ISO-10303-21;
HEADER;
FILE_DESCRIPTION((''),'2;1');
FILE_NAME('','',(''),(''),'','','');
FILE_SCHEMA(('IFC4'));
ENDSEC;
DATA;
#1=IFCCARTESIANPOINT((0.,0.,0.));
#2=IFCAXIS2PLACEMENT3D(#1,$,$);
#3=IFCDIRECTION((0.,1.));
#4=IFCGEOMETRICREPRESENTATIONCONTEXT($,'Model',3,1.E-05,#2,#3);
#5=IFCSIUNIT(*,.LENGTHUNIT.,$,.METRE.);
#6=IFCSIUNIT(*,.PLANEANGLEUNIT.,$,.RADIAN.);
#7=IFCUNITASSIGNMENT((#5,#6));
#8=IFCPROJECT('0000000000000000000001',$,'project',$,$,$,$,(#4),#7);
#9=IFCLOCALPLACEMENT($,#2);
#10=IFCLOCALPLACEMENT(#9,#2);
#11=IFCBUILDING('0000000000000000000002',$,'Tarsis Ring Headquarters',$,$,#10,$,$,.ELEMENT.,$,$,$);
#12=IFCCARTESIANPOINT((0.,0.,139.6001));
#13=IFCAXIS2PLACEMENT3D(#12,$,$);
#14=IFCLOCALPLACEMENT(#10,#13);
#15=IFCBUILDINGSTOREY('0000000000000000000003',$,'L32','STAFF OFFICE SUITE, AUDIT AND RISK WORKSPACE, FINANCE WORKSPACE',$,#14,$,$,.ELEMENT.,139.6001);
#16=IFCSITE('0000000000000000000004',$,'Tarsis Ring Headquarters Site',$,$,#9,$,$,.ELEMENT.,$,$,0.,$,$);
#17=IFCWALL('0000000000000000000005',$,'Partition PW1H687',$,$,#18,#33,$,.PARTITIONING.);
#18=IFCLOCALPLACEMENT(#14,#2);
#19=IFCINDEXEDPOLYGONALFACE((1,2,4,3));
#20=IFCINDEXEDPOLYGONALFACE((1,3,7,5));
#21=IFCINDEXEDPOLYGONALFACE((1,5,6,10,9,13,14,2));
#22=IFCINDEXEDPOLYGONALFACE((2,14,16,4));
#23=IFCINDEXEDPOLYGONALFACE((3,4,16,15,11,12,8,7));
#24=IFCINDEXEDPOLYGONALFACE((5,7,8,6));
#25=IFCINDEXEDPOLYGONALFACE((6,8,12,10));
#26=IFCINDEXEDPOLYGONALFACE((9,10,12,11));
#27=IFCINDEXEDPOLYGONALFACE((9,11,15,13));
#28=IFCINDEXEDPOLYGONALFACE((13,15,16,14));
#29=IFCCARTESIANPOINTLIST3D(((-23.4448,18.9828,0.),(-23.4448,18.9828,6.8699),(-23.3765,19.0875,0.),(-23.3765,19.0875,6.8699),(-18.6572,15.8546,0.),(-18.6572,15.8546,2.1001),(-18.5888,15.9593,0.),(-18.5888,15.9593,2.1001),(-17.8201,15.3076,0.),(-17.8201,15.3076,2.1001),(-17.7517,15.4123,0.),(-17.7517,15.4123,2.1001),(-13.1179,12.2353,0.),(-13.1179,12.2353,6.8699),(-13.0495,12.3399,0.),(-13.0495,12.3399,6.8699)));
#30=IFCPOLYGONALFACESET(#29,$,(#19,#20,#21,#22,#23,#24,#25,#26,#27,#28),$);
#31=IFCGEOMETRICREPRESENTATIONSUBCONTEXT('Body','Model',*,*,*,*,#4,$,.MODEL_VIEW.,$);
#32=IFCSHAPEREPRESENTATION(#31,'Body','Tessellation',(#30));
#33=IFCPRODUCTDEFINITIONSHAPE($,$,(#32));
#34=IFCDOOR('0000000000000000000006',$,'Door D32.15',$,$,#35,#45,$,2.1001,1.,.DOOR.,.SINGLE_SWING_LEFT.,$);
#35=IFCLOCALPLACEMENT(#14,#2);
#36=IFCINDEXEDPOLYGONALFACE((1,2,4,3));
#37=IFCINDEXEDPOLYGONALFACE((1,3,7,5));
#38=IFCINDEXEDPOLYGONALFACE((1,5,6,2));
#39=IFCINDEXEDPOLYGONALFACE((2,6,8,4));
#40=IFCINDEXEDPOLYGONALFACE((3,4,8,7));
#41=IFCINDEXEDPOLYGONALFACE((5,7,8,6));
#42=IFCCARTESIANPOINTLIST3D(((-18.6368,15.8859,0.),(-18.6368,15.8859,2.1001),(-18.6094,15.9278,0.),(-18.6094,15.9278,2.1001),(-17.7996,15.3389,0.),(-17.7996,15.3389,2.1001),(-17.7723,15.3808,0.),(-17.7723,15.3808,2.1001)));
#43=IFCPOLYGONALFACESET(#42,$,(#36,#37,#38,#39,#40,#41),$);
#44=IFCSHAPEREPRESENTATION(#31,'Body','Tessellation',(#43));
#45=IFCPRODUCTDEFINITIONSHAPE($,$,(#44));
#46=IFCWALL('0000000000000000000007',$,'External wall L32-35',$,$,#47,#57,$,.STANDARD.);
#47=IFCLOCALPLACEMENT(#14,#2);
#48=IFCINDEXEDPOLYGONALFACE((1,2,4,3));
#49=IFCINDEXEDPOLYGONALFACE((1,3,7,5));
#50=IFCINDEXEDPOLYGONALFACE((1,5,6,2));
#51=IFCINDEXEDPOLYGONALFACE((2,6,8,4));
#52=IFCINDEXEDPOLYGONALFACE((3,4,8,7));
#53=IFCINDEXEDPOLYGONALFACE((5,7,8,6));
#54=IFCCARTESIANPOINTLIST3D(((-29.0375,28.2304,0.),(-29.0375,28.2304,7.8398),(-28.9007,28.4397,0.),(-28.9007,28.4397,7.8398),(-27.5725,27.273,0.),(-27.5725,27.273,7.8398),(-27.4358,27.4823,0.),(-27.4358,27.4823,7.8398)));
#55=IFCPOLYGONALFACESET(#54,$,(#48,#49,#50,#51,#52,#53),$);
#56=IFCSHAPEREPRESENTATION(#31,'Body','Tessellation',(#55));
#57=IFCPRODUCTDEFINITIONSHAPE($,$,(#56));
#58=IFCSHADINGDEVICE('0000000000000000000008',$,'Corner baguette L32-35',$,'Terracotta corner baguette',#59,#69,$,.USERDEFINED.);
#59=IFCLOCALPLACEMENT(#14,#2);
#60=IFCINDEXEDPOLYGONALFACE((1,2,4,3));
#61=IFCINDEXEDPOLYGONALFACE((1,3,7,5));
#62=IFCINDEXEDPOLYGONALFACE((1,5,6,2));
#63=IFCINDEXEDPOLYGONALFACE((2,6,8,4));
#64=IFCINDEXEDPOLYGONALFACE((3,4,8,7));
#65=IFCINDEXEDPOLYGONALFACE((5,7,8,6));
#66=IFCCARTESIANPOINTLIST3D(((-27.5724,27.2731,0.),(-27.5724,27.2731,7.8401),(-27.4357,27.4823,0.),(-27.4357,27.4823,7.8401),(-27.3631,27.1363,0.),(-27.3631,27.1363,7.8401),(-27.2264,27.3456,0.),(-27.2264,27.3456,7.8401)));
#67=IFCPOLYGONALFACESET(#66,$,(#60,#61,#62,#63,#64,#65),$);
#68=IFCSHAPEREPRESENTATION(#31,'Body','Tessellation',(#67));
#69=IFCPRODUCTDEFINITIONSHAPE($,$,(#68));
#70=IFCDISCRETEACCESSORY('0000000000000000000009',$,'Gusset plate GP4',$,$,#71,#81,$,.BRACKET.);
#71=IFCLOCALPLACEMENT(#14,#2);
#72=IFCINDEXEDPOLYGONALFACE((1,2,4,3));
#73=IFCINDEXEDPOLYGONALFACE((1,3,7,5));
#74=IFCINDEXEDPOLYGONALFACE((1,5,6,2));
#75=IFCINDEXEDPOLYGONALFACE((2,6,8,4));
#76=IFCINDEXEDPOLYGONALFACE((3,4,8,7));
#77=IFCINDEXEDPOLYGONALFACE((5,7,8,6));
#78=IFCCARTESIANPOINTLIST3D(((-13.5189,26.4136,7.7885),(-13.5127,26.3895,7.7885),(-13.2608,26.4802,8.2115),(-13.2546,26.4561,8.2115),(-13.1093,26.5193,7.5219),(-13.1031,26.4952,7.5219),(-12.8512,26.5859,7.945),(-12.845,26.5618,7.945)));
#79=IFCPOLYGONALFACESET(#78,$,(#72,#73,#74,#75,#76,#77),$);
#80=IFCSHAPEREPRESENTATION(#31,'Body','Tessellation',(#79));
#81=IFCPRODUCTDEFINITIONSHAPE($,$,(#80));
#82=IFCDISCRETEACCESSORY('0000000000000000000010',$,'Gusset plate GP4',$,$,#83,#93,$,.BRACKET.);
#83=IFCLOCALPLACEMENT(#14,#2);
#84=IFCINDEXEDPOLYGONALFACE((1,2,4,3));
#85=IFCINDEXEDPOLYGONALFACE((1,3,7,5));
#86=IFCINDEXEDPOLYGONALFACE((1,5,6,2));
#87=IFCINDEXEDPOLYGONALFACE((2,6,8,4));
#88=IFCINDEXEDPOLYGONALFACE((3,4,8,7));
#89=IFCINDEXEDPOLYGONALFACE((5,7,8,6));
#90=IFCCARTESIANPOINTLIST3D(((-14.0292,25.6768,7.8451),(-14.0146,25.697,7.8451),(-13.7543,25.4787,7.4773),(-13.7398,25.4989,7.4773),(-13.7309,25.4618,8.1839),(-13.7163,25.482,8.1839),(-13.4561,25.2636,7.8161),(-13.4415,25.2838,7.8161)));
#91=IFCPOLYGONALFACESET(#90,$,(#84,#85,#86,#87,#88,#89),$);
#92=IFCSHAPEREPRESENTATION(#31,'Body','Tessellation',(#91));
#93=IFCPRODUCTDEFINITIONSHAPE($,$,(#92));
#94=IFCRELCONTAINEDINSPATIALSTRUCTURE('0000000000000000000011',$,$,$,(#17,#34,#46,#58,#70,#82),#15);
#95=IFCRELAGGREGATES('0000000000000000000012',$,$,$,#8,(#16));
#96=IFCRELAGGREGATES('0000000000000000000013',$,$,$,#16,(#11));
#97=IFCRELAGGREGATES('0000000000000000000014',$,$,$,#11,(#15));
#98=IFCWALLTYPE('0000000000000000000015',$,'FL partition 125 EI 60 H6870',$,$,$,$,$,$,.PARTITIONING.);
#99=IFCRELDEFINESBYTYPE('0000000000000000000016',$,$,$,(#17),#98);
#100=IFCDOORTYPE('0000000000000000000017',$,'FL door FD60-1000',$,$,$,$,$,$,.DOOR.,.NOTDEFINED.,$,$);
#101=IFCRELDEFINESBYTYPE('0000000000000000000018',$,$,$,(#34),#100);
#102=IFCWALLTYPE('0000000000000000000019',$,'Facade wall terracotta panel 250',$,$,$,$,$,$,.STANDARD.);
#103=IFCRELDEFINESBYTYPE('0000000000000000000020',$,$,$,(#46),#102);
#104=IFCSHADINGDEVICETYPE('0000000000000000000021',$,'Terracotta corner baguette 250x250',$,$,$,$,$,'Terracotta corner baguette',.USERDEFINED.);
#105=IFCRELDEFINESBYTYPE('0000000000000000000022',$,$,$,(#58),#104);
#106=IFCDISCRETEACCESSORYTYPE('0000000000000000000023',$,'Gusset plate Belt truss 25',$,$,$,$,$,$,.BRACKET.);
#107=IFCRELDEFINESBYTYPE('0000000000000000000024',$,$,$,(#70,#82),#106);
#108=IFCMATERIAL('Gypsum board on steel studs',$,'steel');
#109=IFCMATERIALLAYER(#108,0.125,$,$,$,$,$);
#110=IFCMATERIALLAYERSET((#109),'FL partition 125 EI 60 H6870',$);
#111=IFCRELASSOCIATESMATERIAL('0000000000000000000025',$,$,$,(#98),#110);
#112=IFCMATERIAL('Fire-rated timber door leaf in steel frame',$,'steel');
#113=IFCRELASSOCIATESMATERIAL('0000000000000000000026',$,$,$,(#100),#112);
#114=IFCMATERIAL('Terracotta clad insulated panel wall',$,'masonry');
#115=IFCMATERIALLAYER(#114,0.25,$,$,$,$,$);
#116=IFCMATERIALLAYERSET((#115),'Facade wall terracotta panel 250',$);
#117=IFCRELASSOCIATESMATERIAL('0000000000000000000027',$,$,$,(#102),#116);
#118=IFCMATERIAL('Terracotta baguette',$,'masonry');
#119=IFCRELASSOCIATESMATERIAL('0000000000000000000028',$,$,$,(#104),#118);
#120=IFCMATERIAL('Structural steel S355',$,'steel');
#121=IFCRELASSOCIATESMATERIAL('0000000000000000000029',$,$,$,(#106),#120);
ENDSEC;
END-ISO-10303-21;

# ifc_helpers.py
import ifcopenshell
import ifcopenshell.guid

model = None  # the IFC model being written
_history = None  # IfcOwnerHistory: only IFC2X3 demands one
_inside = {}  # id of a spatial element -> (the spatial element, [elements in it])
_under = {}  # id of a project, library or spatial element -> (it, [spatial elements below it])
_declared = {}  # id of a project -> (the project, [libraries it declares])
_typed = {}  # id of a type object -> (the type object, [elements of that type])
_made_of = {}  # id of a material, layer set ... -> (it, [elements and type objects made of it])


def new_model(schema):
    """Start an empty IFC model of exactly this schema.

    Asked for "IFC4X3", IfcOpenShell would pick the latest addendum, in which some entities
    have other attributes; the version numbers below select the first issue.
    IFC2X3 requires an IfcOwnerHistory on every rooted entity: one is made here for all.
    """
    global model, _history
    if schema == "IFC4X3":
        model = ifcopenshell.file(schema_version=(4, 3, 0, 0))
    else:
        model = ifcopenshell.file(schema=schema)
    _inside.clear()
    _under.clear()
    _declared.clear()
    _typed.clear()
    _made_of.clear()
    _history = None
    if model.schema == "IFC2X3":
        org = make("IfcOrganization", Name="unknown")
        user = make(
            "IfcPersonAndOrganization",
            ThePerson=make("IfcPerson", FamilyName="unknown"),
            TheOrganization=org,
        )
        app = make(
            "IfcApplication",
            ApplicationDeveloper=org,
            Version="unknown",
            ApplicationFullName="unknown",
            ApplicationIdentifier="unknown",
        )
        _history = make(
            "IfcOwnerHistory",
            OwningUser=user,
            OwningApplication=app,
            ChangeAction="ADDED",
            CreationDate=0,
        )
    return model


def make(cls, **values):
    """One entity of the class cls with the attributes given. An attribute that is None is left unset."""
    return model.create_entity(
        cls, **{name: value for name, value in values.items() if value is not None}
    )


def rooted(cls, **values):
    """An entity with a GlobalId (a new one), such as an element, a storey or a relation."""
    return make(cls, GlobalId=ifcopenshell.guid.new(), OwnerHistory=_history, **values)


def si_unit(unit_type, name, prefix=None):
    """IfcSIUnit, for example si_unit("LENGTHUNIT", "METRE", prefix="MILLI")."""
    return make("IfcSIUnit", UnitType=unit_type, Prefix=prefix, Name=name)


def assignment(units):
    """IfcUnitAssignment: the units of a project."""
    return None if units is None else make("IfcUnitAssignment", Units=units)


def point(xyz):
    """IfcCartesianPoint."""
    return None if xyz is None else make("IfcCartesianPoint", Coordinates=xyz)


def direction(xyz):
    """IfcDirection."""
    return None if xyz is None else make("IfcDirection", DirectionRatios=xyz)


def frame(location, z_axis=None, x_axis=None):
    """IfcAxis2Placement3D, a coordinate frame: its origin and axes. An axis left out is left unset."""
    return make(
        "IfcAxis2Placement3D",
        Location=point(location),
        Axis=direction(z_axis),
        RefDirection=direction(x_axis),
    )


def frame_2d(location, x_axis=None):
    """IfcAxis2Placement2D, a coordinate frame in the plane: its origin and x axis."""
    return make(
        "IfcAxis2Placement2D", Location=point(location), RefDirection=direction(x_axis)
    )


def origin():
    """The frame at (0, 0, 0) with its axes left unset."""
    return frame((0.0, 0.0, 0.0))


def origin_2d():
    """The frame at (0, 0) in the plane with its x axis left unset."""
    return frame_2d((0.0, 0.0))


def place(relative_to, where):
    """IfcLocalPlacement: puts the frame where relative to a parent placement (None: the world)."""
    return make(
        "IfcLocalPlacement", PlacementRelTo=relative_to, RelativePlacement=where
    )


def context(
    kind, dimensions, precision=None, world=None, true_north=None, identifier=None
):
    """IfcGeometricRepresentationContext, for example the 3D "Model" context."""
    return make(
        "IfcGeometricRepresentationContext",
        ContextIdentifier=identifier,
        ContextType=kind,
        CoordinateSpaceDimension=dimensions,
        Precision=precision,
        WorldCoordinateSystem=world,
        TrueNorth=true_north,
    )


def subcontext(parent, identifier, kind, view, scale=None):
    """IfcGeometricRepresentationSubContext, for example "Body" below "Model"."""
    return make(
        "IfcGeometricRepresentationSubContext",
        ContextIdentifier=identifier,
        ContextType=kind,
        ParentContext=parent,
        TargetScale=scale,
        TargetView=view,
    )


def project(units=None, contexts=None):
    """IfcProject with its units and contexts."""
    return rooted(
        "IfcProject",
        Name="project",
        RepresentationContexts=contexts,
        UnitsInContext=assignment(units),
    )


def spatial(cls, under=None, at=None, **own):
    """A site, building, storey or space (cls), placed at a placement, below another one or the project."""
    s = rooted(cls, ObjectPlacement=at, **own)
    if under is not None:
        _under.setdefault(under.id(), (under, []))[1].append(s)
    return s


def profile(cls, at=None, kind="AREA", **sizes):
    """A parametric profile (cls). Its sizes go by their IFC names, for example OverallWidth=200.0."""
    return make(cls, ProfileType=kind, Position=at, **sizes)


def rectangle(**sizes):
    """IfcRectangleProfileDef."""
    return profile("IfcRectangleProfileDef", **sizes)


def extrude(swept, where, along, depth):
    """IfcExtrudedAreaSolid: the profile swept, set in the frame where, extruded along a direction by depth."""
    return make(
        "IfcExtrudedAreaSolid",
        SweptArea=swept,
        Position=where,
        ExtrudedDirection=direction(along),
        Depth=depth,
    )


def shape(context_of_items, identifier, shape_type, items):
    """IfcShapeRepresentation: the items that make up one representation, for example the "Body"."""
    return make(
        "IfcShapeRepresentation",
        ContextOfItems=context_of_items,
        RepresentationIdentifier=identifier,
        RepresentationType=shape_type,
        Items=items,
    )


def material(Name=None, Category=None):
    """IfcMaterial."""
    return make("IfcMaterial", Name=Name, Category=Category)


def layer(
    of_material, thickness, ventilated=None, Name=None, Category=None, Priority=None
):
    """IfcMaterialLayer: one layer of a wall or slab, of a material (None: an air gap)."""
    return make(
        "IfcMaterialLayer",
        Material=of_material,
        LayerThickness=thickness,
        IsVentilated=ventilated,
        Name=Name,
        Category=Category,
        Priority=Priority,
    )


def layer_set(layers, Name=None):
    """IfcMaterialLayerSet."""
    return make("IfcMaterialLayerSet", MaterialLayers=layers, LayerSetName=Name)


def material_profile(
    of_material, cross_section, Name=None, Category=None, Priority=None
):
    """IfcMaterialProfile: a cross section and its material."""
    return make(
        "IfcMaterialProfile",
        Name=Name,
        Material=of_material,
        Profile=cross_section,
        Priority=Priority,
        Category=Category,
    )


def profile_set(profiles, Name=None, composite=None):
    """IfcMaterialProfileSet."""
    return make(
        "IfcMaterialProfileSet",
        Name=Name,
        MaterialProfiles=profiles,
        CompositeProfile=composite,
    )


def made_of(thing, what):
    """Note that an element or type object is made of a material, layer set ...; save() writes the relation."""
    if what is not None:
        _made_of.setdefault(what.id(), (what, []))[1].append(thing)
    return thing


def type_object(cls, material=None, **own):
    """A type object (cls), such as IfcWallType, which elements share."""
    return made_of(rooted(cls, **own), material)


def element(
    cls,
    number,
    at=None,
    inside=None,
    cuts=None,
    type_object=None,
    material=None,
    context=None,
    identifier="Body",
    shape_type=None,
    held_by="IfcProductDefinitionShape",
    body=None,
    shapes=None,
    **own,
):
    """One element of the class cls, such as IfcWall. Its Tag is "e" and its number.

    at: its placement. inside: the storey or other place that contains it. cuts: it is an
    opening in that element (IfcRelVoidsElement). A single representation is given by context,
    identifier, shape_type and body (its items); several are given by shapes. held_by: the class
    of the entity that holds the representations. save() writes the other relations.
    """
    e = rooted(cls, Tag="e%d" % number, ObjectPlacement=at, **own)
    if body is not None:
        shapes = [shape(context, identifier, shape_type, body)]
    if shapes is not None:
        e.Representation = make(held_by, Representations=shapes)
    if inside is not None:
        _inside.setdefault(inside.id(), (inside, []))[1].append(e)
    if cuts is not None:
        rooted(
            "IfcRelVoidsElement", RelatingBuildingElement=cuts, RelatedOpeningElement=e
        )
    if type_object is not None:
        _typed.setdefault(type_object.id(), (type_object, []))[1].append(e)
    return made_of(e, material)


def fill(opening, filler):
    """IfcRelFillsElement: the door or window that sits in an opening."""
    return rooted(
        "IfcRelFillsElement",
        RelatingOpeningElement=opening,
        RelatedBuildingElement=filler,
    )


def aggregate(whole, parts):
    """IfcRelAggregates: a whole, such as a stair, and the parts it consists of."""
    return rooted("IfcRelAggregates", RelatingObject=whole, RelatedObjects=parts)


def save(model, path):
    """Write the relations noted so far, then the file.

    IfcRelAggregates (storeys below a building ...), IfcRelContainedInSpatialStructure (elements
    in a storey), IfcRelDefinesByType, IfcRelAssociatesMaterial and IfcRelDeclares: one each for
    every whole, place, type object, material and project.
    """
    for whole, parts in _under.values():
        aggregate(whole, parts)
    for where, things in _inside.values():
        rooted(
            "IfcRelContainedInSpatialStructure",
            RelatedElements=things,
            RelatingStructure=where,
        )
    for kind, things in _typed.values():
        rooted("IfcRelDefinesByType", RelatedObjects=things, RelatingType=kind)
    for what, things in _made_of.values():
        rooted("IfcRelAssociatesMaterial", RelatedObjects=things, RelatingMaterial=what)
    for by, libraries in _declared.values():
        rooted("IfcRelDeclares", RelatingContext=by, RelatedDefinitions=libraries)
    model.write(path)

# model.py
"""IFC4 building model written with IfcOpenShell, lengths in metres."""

from ifc_helpers import new_model, si_unit, direction, frame, frame_2d, origin, origin_2d, place, context, subcontext, project, spatial, rectangle, extrude, material, layer, layer_set, material_profile, profile_set, type_object, element, fill, save


model = new_model("IFC4")

# Units and contexts
model_context = context("Model", 3, precision=1e-05, world=origin(), true_north=direction((0.0, 1.0)))
body_context = subcontext(model_context, "Body", "Model", "MODEL_VIEW")
ifc_project = project(units=[si_unit("LENGTHUNIT", "METRE"), si_unit("PLANEANGLEUNIT", "RADIAN")], contexts=[model_context])

# Site, building, storey
site_placement = place(None, origin())
site = spatial("IfcSite", under=ifc_project, at=site_placement, Name="Tarsis Ring Headquarters Site", CompositionType="ELEMENT", RefElevation=0.0)
building_placement = place(site_placement, origin())
building = spatial("IfcBuilding", under=site, at=building_placement, Name="Tarsis Ring Headquarters", CompositionType="ELEMENT")
storey_placement = place(building_placement, frame((0.0, 0.0, 139.6001)))
storey = spatial("IfcBuildingStorey", under=building, at=storey_placement, Name="L32", Description="STAFF OFFICE SUITE, AUDIT AND RISK WORKSPACE, FINANCE WORKSPACE", CompositionType="ELEMENT", Elevation=139.6001)

# Shared definitions
ifc_material_1 = material(Name="Structural steel S355", Category="steel")

# Shared definitions
ifc_material_2 = material(Name="Gypsum board on steel studs", Category="steel")
ifc_layer_1 = layer(ifc_material_2, 0.125)
ifc_layer_set_1 = layer_set([ifc_layer_1], Name="FL partition 125 EI 60 H6870")
wall_type_1 = type_object("IfcWallType", Name="FL partition 125 EI 60 H6870", PredefinedType="PARTITIONING", material=ifc_layer_set_1)

# Wall, opening, door
wall_1_placement = place(storey_placement, frame((-23.4106, 19.0352, 0.0), z_axis=(0.0, 0.0, 1.0), x_axis=(0.837142, -0.546985, 0.0)))
wall_1 = element("IfcWall", 1, at=wall_1_placement, inside=storey, type_object=wall_type_1, Name="Partition PW1H687", PredefinedType="PARTITIONING", context=body_context, shape_type="SweptSolid", body=[
    extrude(rectangle(XDim=12.3359, YDim=0.125, at=frame_2d((6.168, 0.0))), origin(), (0.0, 0.0, 1.0), 6.8699),
])
opening_placement = place(wall_1_placement, frame((5.719, 0.0, 0.0)))
opening = element("IfcOpeningElement", 2, at=opening_placement, cuts=wall_1, PredefinedType="OPENING", context=body_context, shape_type="SweptSolid", body=[
    extrude(rectangle(XDim=1.0, YDim=2.1001, at=frame_2d((0.5, 1.05))), frame((0.0, 0.0725, 0.0), z_axis=(0.0, -1.0, 0.0), x_axis=(1.0, 0.0, 0.0)), (0.0, 0.0, 1.0), 0.145),
])
ifc_material_3 = material(Name="Fire-rated timber door leaf in steel frame", Category="steel")
door_type = type_object("IfcDoorType", Name="FL door FD60-1000", OperationType="NOTDEFINED", PredefinedType="DOOR", material=ifc_material_3)
door_placement = place(opening_placement, origin())
door = element("IfcDoor", 3, at=door_placement, inside=storey, type_object=door_type, Name="Door D32.15", OperationType="SINGLE_SWING_LEFT", OverallHeight=2.1001, OverallWidth=1.0, PredefinedType="DOOR", context=body_context, shape_type="SweptSolid", body=[
    extrude(rectangle(XDim=1.0, YDim=2.1001, at=frame_2d((0.5, 1.05))), frame((0.0, 0.0249, 0.0), z_axis=(0.0, -1.0, 0.0), x_axis=(1.0, 0.0, 0.0)), (0.0, 0.0, 1.0), 0.05),
])
fill(opening, door)

# Wall
ifc_material_4 = material(Name="Terracotta clad insulated panel wall", Category="masonry")
ifc_layer_2 = layer(ifc_material_4, 0.25)
ifc_layer_set_2 = layer_set([ifc_layer_2], Name="Facade wall terracotta panel 250")
wall_type_2 = type_object("IfcWallType", Name="Facade wall terracotta panel 250", PredefinedType="STANDARD", material=ifc_layer_set_2)
wall_2_placement = place(storey_placement, frame((-27.5042, 27.3777, 0.0), z_axis=(0.0, 0.0, 1.0), x_axis=(-0.837102, 0.547046, 0.0)))
element("IfcWall", 4, at=wall_2_placement, inside=storey, type_object=wall_type_2, Name="External wall L32-35", PredefinedType="STANDARD", context=body_context, shape_type="SweptSolid", body=[
    extrude(rectangle(XDim=1.75, YDim=0.25, at=frame_2d((0.875, 0.0))), origin(), (0.0, 0.0, 1.0), 7.8398),
])

# Shading device
ifc_material_5 = material(Name="Terracotta baguette", Category="masonry")
shading_device_type_1 = type_object("IfcShadingDeviceType", Name="Terracotta corner baguette 250x250", ElementType="Terracotta corner baguette", PredefinedType="USERDEFINED", material=ifc_material_5)
shading_device_1_placement = place(storey_placement, frame((-27.3994, 27.3093, 0.0), z_axis=(0.0, 0.0, 1.0), x_axis=(-0.546979, -0.837146, 0.0)))
element("IfcShadingDevice", 5, at=shading_device_1_placement, inside=storey, type_object=shading_device_type_1, Name="Corner baguette L32-35", ObjectType="Terracotta corner baguette", PredefinedType="USERDEFINED", context=body_context, shape_type="SweptSolid", body=[
    extrude(rectangle(XDim=0.25, YDim=0.25, at=origin_2d()), origin(), (0.0, 0.0, 1.0), 7.8401),
])

# Discrete accessories
ifc_material_profile_1 = material_profile(ifc_material_1, rectangle(XDim=0.0249, YDim=0.5, at=origin_2d()), Name="PL 25x500")
ifc_profile_set_1 = profile_set([ifc_material_profile_1], Name="Structural steel S355")
discrete_accessory_type = type_object("IfcDiscreteAccessoryType", Name="Gusset plate Belt truss 25", PredefinedType="BRACKET", material=ifc_profile_set_1)
for number, where, z_axis, x_axis, name in (
    (6, (-13.3867, 26.4348, 8.0), (0.819206, 0.211392, -0.533118), (-0.249861, 0.968282, 0.0), "Gusset plate GP4"),
    (7, (-13.5862, 25.3728, 8.0), (-0.59656, 0.430089, -0.677598), (-0.584812, -0.811169, 0.0), "Gusset plate GP4"),
):
    element("IfcDiscreteAccessory", number, at=place(storey_placement, frame(where, z_axis=z_axis, x_axis=x_axis)), inside=storey, type_object=discrete_accessory_type, Name=name, PredefinedType="BRACKET", context=body_context, shape_type="SweptSolid", body=[
        extrude(rectangle(XDim=0.0249, YDim=0.5, at=origin_2d()), origin(), (0.0, 0.0, 1.0), 0.5),
    ])

save(model, "model.ifc")
